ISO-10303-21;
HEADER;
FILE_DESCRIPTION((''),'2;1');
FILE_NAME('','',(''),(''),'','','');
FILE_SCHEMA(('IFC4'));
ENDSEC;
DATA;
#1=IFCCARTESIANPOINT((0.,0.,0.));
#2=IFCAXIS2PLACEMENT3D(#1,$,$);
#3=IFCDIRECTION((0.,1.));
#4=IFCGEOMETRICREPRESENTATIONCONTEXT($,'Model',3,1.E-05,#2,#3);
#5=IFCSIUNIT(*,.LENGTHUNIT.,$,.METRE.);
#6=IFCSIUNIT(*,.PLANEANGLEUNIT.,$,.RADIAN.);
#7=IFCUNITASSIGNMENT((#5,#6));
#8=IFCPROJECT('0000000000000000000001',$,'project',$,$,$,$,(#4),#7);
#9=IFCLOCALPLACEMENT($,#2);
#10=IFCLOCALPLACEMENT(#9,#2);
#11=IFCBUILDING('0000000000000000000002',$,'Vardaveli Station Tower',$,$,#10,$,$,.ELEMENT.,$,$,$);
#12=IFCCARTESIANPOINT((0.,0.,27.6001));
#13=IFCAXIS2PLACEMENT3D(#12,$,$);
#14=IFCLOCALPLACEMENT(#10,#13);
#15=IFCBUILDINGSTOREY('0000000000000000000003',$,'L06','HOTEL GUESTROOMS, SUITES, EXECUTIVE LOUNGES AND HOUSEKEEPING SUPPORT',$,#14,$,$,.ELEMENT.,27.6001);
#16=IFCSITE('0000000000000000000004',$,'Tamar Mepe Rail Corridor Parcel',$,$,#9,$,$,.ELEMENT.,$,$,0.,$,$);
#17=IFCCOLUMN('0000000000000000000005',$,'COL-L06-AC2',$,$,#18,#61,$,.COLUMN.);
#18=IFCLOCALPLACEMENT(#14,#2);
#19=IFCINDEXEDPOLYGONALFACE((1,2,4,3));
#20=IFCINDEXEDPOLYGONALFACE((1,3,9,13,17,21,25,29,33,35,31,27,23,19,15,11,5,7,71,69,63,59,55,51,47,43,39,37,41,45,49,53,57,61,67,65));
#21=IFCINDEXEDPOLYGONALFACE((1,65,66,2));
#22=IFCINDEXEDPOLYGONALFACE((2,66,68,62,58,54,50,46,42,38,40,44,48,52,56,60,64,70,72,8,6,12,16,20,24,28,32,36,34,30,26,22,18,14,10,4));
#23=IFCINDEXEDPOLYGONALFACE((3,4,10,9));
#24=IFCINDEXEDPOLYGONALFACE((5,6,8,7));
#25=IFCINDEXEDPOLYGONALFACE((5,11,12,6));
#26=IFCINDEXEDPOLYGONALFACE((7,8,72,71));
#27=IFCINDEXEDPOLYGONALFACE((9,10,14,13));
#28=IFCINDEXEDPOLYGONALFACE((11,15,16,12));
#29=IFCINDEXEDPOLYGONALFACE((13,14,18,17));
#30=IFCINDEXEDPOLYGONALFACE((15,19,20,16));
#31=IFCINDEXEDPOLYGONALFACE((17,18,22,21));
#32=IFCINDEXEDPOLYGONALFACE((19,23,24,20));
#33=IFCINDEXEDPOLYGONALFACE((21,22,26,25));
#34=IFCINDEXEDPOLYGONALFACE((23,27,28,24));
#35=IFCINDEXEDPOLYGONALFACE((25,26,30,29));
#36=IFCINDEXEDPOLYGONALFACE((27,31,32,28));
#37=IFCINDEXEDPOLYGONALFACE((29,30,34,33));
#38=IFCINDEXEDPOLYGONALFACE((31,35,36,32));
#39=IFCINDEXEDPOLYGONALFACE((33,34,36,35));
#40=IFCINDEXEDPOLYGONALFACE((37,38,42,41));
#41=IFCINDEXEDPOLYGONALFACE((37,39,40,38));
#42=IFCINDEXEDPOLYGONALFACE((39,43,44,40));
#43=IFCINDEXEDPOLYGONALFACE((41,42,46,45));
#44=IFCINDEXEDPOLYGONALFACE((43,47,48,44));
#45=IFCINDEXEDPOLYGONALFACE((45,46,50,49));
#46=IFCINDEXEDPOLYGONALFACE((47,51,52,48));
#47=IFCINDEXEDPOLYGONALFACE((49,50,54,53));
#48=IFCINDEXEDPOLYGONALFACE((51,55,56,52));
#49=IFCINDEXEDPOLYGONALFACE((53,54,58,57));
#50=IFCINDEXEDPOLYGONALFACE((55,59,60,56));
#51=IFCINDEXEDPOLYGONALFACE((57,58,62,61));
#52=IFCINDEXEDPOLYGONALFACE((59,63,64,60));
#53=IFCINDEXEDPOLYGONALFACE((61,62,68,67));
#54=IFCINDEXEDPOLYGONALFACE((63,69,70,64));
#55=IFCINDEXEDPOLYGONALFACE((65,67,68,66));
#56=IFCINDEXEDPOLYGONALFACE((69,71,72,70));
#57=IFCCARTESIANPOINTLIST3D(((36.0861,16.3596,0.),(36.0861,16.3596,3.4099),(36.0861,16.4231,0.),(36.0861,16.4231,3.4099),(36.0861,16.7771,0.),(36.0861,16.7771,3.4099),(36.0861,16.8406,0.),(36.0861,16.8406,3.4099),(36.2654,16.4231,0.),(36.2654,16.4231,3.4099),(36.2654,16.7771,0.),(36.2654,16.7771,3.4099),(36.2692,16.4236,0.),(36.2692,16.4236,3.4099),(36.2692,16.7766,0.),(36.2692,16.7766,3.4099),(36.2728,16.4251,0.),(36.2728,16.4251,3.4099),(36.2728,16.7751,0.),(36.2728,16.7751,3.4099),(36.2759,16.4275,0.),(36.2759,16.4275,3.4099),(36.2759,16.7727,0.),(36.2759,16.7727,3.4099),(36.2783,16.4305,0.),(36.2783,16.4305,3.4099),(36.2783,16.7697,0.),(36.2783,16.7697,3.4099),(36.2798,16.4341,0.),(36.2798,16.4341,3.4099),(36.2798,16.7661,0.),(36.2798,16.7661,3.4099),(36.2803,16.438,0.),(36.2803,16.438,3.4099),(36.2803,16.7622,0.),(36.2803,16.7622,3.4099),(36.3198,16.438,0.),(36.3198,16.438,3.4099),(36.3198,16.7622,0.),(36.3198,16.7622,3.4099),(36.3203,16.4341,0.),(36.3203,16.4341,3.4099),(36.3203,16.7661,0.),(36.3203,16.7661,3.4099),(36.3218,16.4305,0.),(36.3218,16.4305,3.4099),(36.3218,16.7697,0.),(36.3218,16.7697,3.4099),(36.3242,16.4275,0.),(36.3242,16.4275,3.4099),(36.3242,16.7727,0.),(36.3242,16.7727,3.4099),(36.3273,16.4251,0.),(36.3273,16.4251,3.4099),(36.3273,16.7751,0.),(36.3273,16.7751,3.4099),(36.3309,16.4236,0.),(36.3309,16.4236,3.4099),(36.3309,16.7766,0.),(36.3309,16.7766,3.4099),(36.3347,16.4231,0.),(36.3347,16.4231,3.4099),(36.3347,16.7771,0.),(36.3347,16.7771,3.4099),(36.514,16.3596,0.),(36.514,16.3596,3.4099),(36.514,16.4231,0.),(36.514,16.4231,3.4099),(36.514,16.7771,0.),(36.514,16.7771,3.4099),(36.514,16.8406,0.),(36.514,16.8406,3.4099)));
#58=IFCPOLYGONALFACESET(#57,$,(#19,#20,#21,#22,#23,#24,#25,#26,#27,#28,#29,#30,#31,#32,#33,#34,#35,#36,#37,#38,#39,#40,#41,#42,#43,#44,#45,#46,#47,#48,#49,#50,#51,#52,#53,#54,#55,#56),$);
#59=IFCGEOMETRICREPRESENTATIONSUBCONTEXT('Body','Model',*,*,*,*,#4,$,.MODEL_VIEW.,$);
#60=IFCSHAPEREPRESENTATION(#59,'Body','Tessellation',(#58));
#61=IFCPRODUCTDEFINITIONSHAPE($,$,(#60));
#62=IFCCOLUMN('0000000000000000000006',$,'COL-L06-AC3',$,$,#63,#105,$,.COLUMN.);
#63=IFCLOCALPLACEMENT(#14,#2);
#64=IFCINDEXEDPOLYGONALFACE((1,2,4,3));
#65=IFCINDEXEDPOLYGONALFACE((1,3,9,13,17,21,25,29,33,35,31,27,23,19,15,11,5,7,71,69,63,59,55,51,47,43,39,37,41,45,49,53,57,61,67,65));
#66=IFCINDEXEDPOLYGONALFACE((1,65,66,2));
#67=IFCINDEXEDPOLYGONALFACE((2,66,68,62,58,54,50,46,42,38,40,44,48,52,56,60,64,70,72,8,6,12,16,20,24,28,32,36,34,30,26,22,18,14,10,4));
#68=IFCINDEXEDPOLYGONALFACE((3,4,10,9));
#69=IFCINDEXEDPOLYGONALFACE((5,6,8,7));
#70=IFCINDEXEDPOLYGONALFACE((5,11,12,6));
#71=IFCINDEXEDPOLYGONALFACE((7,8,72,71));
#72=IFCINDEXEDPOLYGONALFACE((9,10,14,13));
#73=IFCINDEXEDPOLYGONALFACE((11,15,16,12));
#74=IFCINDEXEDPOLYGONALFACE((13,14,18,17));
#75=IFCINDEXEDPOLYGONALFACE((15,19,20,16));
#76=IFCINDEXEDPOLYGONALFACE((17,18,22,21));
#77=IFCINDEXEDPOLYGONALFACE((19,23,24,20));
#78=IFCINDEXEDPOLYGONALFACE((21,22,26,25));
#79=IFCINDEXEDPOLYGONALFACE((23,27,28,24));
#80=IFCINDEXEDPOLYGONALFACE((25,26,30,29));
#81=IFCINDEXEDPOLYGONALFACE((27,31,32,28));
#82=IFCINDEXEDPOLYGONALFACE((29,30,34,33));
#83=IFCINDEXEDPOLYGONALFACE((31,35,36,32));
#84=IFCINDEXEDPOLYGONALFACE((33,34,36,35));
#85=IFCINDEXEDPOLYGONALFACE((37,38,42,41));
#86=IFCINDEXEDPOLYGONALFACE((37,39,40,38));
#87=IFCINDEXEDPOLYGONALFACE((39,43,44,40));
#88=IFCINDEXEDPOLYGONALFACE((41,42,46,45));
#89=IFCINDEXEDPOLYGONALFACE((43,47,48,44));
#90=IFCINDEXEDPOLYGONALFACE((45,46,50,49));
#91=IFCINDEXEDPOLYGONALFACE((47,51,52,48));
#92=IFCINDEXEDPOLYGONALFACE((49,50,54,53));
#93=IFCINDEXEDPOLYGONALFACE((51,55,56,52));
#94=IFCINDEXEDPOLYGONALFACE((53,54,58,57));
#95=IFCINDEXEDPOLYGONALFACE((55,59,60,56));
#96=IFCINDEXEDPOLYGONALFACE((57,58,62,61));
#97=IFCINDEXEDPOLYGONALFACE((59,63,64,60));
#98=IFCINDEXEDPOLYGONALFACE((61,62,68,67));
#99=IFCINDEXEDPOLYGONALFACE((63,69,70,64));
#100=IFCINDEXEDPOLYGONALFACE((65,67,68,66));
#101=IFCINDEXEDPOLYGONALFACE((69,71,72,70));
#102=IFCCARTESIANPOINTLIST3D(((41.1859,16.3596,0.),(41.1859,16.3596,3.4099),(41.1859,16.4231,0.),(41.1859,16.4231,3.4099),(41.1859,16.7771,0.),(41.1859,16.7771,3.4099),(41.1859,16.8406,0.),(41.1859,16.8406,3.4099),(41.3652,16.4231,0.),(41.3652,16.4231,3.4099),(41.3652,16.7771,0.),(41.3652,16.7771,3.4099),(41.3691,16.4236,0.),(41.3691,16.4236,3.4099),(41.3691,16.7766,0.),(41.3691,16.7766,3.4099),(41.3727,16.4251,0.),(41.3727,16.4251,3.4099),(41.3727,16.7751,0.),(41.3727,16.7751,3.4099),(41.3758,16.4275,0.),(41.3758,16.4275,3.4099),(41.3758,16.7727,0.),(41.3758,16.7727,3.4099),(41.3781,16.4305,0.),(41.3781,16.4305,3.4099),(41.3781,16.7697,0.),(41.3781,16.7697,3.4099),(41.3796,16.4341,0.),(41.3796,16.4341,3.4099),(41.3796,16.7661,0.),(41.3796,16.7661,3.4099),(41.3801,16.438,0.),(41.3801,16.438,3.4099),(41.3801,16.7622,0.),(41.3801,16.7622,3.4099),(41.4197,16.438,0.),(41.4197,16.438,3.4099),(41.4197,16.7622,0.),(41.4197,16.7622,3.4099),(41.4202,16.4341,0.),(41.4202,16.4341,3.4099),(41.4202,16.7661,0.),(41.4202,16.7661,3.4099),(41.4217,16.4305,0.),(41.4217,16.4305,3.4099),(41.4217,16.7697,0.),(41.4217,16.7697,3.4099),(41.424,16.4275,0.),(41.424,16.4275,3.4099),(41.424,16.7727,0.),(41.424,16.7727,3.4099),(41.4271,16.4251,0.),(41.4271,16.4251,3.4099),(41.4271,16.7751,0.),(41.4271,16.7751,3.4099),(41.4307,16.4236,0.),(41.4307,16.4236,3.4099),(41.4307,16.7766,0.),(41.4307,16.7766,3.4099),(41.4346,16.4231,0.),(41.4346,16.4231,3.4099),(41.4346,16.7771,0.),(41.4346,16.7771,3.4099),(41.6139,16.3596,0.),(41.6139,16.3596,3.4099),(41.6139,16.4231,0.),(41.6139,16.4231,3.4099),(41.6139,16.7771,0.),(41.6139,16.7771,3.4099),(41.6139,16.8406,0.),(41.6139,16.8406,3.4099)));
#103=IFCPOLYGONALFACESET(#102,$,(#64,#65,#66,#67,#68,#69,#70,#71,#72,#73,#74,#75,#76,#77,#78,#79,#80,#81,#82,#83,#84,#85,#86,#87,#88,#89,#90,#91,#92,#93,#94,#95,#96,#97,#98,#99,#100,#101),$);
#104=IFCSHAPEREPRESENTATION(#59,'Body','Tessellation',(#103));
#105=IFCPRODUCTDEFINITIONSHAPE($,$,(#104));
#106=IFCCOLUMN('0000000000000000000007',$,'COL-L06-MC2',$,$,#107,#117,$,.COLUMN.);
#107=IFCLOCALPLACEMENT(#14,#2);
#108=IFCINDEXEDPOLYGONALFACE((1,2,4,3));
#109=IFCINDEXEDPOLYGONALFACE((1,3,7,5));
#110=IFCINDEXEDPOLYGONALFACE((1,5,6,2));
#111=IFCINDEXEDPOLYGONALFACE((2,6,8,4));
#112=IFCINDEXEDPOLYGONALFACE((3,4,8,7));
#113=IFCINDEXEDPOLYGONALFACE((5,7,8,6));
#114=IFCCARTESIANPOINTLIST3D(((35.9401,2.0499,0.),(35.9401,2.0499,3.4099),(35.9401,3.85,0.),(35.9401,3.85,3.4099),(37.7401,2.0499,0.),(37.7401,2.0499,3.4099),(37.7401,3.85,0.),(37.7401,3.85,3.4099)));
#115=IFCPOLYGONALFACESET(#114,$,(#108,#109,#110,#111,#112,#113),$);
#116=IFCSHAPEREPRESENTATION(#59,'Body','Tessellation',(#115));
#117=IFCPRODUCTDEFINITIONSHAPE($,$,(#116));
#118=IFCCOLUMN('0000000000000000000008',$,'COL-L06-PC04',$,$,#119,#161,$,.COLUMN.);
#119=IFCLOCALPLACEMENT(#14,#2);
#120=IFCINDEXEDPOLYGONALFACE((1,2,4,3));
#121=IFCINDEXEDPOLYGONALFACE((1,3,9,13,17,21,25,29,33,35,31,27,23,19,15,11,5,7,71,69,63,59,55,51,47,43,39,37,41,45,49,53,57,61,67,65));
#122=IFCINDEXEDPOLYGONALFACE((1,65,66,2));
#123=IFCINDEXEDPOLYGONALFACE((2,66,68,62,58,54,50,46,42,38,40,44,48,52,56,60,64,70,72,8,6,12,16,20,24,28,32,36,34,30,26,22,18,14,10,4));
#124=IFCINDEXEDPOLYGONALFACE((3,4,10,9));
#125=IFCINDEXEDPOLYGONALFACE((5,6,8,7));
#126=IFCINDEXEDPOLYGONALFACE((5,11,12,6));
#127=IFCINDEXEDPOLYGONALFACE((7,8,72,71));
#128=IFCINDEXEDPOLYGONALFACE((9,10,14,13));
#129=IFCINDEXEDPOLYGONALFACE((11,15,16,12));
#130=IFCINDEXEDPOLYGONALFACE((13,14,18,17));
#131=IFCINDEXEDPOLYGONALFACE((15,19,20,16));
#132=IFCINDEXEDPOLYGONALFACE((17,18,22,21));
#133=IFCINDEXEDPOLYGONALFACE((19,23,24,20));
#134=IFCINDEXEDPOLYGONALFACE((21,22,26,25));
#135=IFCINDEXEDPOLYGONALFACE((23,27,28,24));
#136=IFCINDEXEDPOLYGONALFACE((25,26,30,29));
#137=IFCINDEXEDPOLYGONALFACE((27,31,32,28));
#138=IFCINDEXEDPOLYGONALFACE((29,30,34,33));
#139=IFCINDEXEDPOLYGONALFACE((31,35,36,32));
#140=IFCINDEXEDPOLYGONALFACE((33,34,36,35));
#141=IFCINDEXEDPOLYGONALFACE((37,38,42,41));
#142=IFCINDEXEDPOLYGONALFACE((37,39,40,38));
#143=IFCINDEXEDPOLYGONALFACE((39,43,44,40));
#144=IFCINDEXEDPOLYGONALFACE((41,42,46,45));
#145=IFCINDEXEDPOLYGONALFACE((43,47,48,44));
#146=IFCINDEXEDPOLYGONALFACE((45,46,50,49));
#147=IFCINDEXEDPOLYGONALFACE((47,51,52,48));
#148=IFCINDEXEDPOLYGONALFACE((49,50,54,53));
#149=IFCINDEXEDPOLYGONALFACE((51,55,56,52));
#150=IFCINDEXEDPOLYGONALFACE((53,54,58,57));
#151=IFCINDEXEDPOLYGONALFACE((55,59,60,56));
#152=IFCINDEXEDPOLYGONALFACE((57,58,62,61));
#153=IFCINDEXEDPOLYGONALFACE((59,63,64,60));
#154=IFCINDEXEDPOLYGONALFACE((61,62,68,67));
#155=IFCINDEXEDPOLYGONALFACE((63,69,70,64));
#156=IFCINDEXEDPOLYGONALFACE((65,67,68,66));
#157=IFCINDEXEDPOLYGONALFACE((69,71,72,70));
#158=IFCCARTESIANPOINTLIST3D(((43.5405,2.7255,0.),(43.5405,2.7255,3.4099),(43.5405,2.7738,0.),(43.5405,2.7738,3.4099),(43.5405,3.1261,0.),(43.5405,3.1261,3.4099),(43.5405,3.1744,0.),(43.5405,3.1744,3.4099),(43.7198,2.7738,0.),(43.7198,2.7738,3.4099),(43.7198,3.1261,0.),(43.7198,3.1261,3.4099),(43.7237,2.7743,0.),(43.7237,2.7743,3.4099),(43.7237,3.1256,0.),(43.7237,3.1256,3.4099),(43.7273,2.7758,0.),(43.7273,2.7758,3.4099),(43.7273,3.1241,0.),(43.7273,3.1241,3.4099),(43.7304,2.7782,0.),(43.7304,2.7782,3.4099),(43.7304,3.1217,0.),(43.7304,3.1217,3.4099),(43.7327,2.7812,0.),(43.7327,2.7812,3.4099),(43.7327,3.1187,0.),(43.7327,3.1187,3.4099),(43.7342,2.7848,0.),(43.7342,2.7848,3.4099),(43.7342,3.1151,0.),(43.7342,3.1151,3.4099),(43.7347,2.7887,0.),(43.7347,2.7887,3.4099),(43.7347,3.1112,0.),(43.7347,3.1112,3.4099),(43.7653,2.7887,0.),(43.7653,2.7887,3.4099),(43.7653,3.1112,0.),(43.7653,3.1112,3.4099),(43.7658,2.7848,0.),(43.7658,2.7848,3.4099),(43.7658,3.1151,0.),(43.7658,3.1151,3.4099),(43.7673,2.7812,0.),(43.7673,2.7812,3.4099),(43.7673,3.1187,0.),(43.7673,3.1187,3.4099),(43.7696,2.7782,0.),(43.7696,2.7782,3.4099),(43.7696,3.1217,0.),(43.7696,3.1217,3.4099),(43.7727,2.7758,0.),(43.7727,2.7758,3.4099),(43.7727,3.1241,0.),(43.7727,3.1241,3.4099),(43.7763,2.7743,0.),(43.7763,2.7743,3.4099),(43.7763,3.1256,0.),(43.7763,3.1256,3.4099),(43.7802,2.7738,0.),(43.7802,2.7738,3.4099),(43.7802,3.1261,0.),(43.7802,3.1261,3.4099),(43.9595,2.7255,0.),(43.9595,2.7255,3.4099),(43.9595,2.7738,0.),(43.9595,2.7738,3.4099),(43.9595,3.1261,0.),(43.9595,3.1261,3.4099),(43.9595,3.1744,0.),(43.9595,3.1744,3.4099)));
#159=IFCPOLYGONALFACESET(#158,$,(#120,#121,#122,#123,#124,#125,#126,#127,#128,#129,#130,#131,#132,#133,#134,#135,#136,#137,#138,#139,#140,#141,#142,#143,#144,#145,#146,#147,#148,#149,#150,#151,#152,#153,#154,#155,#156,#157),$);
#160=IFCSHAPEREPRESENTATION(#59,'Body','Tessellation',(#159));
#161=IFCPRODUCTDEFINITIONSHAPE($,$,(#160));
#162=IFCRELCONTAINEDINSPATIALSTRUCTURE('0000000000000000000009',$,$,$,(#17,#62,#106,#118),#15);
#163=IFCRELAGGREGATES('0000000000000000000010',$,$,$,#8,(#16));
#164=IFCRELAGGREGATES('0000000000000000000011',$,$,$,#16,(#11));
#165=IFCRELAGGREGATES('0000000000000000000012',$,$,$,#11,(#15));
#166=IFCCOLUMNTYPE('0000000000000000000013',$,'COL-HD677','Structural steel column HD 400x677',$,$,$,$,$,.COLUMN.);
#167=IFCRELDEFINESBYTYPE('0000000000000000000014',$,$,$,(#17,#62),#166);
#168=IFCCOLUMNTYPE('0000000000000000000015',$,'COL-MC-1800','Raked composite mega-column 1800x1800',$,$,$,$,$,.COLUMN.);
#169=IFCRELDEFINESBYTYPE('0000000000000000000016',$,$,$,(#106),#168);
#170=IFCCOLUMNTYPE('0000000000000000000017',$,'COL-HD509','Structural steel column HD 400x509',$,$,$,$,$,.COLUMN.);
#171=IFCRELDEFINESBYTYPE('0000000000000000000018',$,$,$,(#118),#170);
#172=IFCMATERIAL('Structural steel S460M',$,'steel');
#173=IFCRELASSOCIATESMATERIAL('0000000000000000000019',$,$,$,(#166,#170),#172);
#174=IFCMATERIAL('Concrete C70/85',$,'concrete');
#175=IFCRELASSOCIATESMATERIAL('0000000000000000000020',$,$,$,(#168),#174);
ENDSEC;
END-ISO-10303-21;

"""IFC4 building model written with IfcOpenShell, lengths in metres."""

from ifc_helpers import new_model, si_unit, direction, frame, origin, origin_2d, place, context, subcontext, project, spatial, rectangle, i_section, extrude, source, transform, mapped, material, material_profile, profile_set, type_object, element, save


model = new_model("IFC4")

# Units and contexts
model_context = context("Model", 3, precision=1e-05, world=origin(), true_north=direction((0.0, 1.0)))
body_context = subcontext(model_context, "Body", "Model", "MODEL_VIEW")
ifc_project = project(units=[si_unit("LENGTHUNIT", "METRE"), si_unit("PLANEANGLEUNIT", "RADIAN")], contexts=[model_context])

# Site, building, storey
site_placement = place(None, origin())
site = spatial("IfcSite", under=ifc_project, at=site_placement, Name="Tamar Mepe Rail Corridor Parcel", CompositionType="ELEMENT", RefElevation=0.0)
building_placement = place(site_placement, origin())
building = spatial("IfcBuilding", under=site, at=building_placement, Name="Vardaveli Station Tower", CompositionType="ELEMENT")
storey_placement = place(building_placement, frame((0.0, 0.0, 27.6001)))
storey = spatial("IfcBuildingStorey", under=building, at=storey_placement, Name="L06", Description="HOTEL GUESTROOMS, SUITES, EXECUTIVE LOUNGES AND HOUSEKEEPING SUPPORT", CompositionType="ELEMENT", Elevation=27.6001)

# Columns
ifc_material_1 = material(Name="Structural steel S460M", Category="steel")
ifc_material_profile_1 = material_profile(ifc_material_1, i_section(OverallWidth=0.428, OverallDepth=0.481, WebThickness=0.0396, FlangeThickness=0.0635, FilletRadius=0.0149, at=origin_2d()), Name="HD 400x677")
ifc_profile_set_1 = profile_set([ifc_material_profile_1], Name="Structural steel S460M")
column_type_1 = type_object("IfcColumnType", Name="COL-HD677", Description="Structural steel column HD 400x677", PredefinedType="COLUMN", material=ifc_profile_set_1)
shared_shape_1 = source(origin(), body_context, "Body", "SweptSolid", [
    extrude(i_section(OverallWidth=0.428, OverallDepth=0.481, WebThickness=0.0396, FlangeThickness=0.0635, FilletRadius=0.0149, at=origin_2d()), origin(), (0.0, 0.0, 1.0), 3.4099),
])
for number, where, z_axis, x_axis, name in (
    (1, (36.3, 16.6001, 0.0), (0.0, 0.0, 1.0), (1.0, 0.0, 0.0), "COL-L06-AC2"),
    (2, (41.3999, 16.6001, 0.0), (0.0, 0.0, 1.0), (1.0, 0.0, 0.0), "COL-L06-AC3"),
):
    element("IfcColumn", number, at=place(storey_placement, frame(where, z_axis=z_axis, x_axis=x_axis)), inside=storey, type_object=column_type_1, Name=name, PredefinedType="COLUMN", context=body_context, shape_type="MappedRepresentation", body=[
        mapped(shared_shape_1, transform((0.0, 0.0, 0.0), scale=1.0)),
    ])
ifc_material_2 = material(Name="Concrete C70/85", Category="concrete")
ifc_material_profile_2 = material_profile(ifc_material_2, rectangle(XDim=1.8, YDim=1.8, at=origin_2d()), Name="MC 1800x1800")
ifc_profile_set_2 = profile_set([ifc_material_profile_2], Name="Concrete C70/85")
column_type_2 = type_object("IfcColumnType", Name="COL-MC-1800", Description="Raked composite mega-column 1800x1800", PredefinedType="COLUMN", material=ifc_profile_set_2)
shared_shape_2 = source(origin(), body_context, "Body", "SweptSolid", [
    extrude(rectangle(XDim=1.8, YDim=1.8, at=origin_2d()), origin(), (0.0, 0.0, 1.0), 3.4099),
])
column_1_placement = place(storey_placement, frame((36.8401, 2.95, 0.0), z_axis=(0.0, 0.0, 1.0), x_axis=(1.0, 0.0, 0.0)))
element("IfcColumn", 3, at=column_1_placement, inside=storey, type_object=column_type_2, Name="COL-L06-MC2", PredefinedType="COLUMN", context=body_context, shape_type="MappedRepresentation", body=[
    mapped(shared_shape_2, transform((0.0, 0.0, 0.0), scale=1.0)),
])
ifc_material_profile_3 = material_profile(ifc_material_1, i_section(OverallWidth=0.4189, OverallDepth=0.449, WebThickness=0.0305, FlangeThickness=0.0483, FilletRadius=0.0149, at=origin_2d()), Name="HD 400x509")
ifc_profile_set_3 = profile_set([ifc_material_profile_3], Name="Structural steel S460M")
column_type_3 = type_object("IfcColumnType", Name="COL-HD509", Description="Structural steel column HD 400x509", PredefinedType="COLUMN", material=ifc_profile_set_3)
shared_shape_3 = source(origin(), body_context, "Body", "SweptSolid", [
    extrude(i_section(OverallWidth=0.4189, OverallDepth=0.449, WebThickness=0.0305, FlangeThickness=0.0483, FilletRadius=0.0149, at=origin_2d()), origin(), (0.0, 0.0, 1.0), 3.4099),
])
column_2_placement = place(storey_placement, frame((43.75, 2.95, 0.0), z_axis=(0.0, 0.0, 1.0), x_axis=(1.0, 0.0, 0.0)))
element("IfcColumn", 4, at=column_2_placement, inside=storey, type_object=column_type_3, Name="COL-L06-PC04", PredefinedType="COLUMN", context=body_context, shape_type="MappedRepresentation", body=[
    mapped(shared_shape_3, transform((0.0, 0.0, 0.0), scale=1.0)),
])

save(model, "model.ifc")
